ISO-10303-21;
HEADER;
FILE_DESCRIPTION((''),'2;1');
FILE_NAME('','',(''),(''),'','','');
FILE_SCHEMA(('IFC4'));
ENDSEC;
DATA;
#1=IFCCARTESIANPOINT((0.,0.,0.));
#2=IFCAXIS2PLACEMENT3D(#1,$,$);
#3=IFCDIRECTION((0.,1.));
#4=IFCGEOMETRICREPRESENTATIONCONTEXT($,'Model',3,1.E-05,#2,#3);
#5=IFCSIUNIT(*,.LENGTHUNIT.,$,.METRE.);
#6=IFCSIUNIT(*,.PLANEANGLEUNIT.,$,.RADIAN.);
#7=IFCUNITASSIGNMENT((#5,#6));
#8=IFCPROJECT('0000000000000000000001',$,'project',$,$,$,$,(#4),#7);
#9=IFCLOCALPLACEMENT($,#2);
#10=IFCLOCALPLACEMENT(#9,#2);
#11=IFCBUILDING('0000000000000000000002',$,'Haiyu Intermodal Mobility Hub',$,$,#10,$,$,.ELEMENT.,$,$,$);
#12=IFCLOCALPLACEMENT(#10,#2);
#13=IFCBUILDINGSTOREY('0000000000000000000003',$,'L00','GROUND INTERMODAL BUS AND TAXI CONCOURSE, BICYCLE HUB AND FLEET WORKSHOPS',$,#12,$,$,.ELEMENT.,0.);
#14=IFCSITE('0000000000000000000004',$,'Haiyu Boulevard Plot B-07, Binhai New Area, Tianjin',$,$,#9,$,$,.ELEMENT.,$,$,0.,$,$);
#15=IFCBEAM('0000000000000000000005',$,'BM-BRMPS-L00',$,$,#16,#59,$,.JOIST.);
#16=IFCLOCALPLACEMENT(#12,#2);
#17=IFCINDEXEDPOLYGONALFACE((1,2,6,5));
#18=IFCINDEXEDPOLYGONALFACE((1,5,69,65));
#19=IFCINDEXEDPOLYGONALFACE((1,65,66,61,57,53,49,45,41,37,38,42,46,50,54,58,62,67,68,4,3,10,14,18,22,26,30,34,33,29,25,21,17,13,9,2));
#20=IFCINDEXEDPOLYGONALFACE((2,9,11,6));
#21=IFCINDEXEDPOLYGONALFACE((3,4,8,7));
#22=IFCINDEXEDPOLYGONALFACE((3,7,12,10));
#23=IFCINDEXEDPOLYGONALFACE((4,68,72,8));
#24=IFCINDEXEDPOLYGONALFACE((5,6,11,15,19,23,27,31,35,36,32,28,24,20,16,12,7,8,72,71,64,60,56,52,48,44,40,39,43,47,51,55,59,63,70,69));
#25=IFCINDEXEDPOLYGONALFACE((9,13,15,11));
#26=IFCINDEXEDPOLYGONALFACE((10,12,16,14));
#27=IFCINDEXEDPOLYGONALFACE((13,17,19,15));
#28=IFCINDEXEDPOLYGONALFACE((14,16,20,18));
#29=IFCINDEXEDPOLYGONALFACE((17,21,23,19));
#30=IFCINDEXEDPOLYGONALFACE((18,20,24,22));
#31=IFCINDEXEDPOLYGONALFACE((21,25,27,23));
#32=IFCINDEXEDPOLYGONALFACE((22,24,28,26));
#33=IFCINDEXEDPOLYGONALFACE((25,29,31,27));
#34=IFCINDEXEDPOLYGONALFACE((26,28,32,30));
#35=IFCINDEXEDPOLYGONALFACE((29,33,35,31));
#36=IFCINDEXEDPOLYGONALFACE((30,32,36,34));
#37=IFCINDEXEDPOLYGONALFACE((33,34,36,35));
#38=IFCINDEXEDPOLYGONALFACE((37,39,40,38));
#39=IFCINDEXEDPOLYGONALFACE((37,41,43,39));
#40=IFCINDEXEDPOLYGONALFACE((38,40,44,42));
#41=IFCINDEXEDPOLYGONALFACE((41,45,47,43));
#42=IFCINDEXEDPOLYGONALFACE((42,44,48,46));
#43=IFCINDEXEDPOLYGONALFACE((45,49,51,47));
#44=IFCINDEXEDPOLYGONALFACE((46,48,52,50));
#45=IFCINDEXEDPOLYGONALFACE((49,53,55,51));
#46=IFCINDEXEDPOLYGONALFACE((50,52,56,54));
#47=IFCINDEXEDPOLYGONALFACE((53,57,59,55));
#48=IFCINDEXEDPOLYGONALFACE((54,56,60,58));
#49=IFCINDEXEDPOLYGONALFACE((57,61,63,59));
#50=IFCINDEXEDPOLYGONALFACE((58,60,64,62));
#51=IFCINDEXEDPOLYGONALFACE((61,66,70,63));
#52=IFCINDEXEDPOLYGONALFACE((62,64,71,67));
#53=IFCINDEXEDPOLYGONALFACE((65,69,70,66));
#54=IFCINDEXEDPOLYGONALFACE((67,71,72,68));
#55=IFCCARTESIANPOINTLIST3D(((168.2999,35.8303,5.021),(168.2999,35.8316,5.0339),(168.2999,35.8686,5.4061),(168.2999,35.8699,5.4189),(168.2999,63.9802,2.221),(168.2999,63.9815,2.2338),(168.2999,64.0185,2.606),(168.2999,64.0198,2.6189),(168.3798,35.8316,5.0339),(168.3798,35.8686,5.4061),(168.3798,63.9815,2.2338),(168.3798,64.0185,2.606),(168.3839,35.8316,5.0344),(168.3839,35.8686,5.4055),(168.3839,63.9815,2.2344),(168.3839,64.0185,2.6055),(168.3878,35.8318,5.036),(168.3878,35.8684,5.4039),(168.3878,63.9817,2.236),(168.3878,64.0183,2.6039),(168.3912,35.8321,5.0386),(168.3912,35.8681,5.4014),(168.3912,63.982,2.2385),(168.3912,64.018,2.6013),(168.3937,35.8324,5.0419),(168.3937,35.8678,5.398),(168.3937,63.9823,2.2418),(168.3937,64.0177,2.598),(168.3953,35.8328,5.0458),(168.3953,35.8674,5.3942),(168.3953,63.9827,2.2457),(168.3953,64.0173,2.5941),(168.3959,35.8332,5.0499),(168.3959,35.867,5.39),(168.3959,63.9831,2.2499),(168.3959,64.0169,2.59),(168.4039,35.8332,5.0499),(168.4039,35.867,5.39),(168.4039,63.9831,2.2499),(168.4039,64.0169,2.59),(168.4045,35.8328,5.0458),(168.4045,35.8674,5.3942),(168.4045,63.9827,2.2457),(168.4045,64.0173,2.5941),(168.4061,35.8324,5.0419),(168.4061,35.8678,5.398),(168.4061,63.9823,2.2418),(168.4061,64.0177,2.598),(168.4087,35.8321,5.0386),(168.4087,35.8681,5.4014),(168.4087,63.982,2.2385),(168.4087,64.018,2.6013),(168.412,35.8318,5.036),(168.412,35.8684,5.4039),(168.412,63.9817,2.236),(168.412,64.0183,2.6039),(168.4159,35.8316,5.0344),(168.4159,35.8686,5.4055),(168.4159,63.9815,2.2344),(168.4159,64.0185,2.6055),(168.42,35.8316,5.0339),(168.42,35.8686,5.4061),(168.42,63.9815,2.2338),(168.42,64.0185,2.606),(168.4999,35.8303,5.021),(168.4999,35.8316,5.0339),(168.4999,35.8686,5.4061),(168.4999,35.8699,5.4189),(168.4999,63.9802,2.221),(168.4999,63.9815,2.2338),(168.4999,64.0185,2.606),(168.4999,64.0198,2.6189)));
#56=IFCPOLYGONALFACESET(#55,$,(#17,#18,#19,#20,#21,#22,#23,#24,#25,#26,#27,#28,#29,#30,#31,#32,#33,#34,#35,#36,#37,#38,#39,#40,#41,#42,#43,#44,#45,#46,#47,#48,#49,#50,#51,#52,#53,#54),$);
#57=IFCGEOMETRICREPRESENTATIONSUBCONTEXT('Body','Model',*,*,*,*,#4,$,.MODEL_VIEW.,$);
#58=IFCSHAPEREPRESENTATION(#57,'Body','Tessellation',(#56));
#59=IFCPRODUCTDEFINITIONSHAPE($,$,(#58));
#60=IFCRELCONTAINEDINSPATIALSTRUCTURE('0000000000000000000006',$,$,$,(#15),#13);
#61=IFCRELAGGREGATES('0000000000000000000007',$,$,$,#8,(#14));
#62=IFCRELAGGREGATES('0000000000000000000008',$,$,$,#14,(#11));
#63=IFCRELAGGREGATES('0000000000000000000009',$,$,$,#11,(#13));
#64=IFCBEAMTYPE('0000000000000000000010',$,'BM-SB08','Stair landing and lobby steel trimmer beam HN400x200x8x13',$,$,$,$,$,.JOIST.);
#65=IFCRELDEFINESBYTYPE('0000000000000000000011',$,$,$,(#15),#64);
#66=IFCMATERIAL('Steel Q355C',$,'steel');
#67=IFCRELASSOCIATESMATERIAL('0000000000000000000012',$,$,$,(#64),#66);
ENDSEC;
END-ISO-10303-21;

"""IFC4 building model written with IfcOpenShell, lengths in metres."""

from ifc_helpers import new_model, si_unit, direction, frame, origin, origin_2d, place, context, subcontext, project, spatial, i_section, extrude, material, material_profile, profile_set, type_object, element, save


model = new_model("IFC4")

# Units and contexts
model_context = context("Model", 3, precision=1e-05, world=origin(), true_north=direction((0.0, 1.0)))
body_context = subcontext(model_context, "Body", "Model", "MODEL_VIEW")
ifc_project = project(units=[si_unit("LENGTHUNIT", "METRE"), si_unit("PLANEANGLEUNIT", "RADIAN")], contexts=[model_context])

# Site, building, storey
site_placement = place(None, origin())
site = spatial("IfcSite", under=ifc_project, at=site_placement, Name="Haiyu Boulevard Plot B-07, Binhai New Area, Tianjin", CompositionType="ELEMENT", RefElevation=0.0)
building_placement = place(site_placement, origin())
building = spatial("IfcBuilding", under=site, at=building_placement, Name="Haiyu Intermodal Mobility Hub", CompositionType="ELEMENT")
storey_placement = place(building_placement, origin())
storey = spatial("IfcBuildingStorey", under=building, at=storey_placement, Name="L00", Description="GROUND INTERMODAL BUS AND TAXI CONCOURSE, BICYCLE HUB AND FLEET WORKSHOPS", CompositionType="ELEMENT", Elevation=0.0)

# Beam
ifc_material_1 = material(Name="Steel Q355C", Category="steel")
ifc_material_profile_1 = material_profile(ifc_material_1, i_section(OverallWidth=0.2, OverallDepth=0.3999, WebThickness=0.0081, FlangeThickness=0.0129, FilletRadius=0.0161, at=origin_2d()), Name="HN400x200x8x13")
ifc_profile_set_1 = profile_set([ifc_material_profile_1], Name="Steel Q355C")
beam_type = type_object("IfcBeamType", Name="BM-SB08", Description="Stair landing and lobby steel trimmer beam HN400x200x8x13", PredefinedType="JOIST", material=ifc_profile_set_1)
beam_placement = place(storey_placement, frame((168.3999, 64.0, 2.4199), z_axis=(0.0, -0.995089, 0.098981), x_axis=(1.0, 0.0, 0.0)))
element("IfcBeam", 1, at=beam_placement, inside=storey, type_object=beam_type, Name="BM-BRMPS-L00", PredefinedType="JOIST", context=body_context, shape_type="SweptSolid", body=[
    extrude(i_section(OverallWidth=0.2, OverallDepth=0.3999, WebThickness=0.0081, FlangeThickness=0.0129, FilletRadius=0.0161, at=origin_2d()), origin(), (0.0, 0.0, 1.0), 28.2888),
])

save(model, "model.ifc")
